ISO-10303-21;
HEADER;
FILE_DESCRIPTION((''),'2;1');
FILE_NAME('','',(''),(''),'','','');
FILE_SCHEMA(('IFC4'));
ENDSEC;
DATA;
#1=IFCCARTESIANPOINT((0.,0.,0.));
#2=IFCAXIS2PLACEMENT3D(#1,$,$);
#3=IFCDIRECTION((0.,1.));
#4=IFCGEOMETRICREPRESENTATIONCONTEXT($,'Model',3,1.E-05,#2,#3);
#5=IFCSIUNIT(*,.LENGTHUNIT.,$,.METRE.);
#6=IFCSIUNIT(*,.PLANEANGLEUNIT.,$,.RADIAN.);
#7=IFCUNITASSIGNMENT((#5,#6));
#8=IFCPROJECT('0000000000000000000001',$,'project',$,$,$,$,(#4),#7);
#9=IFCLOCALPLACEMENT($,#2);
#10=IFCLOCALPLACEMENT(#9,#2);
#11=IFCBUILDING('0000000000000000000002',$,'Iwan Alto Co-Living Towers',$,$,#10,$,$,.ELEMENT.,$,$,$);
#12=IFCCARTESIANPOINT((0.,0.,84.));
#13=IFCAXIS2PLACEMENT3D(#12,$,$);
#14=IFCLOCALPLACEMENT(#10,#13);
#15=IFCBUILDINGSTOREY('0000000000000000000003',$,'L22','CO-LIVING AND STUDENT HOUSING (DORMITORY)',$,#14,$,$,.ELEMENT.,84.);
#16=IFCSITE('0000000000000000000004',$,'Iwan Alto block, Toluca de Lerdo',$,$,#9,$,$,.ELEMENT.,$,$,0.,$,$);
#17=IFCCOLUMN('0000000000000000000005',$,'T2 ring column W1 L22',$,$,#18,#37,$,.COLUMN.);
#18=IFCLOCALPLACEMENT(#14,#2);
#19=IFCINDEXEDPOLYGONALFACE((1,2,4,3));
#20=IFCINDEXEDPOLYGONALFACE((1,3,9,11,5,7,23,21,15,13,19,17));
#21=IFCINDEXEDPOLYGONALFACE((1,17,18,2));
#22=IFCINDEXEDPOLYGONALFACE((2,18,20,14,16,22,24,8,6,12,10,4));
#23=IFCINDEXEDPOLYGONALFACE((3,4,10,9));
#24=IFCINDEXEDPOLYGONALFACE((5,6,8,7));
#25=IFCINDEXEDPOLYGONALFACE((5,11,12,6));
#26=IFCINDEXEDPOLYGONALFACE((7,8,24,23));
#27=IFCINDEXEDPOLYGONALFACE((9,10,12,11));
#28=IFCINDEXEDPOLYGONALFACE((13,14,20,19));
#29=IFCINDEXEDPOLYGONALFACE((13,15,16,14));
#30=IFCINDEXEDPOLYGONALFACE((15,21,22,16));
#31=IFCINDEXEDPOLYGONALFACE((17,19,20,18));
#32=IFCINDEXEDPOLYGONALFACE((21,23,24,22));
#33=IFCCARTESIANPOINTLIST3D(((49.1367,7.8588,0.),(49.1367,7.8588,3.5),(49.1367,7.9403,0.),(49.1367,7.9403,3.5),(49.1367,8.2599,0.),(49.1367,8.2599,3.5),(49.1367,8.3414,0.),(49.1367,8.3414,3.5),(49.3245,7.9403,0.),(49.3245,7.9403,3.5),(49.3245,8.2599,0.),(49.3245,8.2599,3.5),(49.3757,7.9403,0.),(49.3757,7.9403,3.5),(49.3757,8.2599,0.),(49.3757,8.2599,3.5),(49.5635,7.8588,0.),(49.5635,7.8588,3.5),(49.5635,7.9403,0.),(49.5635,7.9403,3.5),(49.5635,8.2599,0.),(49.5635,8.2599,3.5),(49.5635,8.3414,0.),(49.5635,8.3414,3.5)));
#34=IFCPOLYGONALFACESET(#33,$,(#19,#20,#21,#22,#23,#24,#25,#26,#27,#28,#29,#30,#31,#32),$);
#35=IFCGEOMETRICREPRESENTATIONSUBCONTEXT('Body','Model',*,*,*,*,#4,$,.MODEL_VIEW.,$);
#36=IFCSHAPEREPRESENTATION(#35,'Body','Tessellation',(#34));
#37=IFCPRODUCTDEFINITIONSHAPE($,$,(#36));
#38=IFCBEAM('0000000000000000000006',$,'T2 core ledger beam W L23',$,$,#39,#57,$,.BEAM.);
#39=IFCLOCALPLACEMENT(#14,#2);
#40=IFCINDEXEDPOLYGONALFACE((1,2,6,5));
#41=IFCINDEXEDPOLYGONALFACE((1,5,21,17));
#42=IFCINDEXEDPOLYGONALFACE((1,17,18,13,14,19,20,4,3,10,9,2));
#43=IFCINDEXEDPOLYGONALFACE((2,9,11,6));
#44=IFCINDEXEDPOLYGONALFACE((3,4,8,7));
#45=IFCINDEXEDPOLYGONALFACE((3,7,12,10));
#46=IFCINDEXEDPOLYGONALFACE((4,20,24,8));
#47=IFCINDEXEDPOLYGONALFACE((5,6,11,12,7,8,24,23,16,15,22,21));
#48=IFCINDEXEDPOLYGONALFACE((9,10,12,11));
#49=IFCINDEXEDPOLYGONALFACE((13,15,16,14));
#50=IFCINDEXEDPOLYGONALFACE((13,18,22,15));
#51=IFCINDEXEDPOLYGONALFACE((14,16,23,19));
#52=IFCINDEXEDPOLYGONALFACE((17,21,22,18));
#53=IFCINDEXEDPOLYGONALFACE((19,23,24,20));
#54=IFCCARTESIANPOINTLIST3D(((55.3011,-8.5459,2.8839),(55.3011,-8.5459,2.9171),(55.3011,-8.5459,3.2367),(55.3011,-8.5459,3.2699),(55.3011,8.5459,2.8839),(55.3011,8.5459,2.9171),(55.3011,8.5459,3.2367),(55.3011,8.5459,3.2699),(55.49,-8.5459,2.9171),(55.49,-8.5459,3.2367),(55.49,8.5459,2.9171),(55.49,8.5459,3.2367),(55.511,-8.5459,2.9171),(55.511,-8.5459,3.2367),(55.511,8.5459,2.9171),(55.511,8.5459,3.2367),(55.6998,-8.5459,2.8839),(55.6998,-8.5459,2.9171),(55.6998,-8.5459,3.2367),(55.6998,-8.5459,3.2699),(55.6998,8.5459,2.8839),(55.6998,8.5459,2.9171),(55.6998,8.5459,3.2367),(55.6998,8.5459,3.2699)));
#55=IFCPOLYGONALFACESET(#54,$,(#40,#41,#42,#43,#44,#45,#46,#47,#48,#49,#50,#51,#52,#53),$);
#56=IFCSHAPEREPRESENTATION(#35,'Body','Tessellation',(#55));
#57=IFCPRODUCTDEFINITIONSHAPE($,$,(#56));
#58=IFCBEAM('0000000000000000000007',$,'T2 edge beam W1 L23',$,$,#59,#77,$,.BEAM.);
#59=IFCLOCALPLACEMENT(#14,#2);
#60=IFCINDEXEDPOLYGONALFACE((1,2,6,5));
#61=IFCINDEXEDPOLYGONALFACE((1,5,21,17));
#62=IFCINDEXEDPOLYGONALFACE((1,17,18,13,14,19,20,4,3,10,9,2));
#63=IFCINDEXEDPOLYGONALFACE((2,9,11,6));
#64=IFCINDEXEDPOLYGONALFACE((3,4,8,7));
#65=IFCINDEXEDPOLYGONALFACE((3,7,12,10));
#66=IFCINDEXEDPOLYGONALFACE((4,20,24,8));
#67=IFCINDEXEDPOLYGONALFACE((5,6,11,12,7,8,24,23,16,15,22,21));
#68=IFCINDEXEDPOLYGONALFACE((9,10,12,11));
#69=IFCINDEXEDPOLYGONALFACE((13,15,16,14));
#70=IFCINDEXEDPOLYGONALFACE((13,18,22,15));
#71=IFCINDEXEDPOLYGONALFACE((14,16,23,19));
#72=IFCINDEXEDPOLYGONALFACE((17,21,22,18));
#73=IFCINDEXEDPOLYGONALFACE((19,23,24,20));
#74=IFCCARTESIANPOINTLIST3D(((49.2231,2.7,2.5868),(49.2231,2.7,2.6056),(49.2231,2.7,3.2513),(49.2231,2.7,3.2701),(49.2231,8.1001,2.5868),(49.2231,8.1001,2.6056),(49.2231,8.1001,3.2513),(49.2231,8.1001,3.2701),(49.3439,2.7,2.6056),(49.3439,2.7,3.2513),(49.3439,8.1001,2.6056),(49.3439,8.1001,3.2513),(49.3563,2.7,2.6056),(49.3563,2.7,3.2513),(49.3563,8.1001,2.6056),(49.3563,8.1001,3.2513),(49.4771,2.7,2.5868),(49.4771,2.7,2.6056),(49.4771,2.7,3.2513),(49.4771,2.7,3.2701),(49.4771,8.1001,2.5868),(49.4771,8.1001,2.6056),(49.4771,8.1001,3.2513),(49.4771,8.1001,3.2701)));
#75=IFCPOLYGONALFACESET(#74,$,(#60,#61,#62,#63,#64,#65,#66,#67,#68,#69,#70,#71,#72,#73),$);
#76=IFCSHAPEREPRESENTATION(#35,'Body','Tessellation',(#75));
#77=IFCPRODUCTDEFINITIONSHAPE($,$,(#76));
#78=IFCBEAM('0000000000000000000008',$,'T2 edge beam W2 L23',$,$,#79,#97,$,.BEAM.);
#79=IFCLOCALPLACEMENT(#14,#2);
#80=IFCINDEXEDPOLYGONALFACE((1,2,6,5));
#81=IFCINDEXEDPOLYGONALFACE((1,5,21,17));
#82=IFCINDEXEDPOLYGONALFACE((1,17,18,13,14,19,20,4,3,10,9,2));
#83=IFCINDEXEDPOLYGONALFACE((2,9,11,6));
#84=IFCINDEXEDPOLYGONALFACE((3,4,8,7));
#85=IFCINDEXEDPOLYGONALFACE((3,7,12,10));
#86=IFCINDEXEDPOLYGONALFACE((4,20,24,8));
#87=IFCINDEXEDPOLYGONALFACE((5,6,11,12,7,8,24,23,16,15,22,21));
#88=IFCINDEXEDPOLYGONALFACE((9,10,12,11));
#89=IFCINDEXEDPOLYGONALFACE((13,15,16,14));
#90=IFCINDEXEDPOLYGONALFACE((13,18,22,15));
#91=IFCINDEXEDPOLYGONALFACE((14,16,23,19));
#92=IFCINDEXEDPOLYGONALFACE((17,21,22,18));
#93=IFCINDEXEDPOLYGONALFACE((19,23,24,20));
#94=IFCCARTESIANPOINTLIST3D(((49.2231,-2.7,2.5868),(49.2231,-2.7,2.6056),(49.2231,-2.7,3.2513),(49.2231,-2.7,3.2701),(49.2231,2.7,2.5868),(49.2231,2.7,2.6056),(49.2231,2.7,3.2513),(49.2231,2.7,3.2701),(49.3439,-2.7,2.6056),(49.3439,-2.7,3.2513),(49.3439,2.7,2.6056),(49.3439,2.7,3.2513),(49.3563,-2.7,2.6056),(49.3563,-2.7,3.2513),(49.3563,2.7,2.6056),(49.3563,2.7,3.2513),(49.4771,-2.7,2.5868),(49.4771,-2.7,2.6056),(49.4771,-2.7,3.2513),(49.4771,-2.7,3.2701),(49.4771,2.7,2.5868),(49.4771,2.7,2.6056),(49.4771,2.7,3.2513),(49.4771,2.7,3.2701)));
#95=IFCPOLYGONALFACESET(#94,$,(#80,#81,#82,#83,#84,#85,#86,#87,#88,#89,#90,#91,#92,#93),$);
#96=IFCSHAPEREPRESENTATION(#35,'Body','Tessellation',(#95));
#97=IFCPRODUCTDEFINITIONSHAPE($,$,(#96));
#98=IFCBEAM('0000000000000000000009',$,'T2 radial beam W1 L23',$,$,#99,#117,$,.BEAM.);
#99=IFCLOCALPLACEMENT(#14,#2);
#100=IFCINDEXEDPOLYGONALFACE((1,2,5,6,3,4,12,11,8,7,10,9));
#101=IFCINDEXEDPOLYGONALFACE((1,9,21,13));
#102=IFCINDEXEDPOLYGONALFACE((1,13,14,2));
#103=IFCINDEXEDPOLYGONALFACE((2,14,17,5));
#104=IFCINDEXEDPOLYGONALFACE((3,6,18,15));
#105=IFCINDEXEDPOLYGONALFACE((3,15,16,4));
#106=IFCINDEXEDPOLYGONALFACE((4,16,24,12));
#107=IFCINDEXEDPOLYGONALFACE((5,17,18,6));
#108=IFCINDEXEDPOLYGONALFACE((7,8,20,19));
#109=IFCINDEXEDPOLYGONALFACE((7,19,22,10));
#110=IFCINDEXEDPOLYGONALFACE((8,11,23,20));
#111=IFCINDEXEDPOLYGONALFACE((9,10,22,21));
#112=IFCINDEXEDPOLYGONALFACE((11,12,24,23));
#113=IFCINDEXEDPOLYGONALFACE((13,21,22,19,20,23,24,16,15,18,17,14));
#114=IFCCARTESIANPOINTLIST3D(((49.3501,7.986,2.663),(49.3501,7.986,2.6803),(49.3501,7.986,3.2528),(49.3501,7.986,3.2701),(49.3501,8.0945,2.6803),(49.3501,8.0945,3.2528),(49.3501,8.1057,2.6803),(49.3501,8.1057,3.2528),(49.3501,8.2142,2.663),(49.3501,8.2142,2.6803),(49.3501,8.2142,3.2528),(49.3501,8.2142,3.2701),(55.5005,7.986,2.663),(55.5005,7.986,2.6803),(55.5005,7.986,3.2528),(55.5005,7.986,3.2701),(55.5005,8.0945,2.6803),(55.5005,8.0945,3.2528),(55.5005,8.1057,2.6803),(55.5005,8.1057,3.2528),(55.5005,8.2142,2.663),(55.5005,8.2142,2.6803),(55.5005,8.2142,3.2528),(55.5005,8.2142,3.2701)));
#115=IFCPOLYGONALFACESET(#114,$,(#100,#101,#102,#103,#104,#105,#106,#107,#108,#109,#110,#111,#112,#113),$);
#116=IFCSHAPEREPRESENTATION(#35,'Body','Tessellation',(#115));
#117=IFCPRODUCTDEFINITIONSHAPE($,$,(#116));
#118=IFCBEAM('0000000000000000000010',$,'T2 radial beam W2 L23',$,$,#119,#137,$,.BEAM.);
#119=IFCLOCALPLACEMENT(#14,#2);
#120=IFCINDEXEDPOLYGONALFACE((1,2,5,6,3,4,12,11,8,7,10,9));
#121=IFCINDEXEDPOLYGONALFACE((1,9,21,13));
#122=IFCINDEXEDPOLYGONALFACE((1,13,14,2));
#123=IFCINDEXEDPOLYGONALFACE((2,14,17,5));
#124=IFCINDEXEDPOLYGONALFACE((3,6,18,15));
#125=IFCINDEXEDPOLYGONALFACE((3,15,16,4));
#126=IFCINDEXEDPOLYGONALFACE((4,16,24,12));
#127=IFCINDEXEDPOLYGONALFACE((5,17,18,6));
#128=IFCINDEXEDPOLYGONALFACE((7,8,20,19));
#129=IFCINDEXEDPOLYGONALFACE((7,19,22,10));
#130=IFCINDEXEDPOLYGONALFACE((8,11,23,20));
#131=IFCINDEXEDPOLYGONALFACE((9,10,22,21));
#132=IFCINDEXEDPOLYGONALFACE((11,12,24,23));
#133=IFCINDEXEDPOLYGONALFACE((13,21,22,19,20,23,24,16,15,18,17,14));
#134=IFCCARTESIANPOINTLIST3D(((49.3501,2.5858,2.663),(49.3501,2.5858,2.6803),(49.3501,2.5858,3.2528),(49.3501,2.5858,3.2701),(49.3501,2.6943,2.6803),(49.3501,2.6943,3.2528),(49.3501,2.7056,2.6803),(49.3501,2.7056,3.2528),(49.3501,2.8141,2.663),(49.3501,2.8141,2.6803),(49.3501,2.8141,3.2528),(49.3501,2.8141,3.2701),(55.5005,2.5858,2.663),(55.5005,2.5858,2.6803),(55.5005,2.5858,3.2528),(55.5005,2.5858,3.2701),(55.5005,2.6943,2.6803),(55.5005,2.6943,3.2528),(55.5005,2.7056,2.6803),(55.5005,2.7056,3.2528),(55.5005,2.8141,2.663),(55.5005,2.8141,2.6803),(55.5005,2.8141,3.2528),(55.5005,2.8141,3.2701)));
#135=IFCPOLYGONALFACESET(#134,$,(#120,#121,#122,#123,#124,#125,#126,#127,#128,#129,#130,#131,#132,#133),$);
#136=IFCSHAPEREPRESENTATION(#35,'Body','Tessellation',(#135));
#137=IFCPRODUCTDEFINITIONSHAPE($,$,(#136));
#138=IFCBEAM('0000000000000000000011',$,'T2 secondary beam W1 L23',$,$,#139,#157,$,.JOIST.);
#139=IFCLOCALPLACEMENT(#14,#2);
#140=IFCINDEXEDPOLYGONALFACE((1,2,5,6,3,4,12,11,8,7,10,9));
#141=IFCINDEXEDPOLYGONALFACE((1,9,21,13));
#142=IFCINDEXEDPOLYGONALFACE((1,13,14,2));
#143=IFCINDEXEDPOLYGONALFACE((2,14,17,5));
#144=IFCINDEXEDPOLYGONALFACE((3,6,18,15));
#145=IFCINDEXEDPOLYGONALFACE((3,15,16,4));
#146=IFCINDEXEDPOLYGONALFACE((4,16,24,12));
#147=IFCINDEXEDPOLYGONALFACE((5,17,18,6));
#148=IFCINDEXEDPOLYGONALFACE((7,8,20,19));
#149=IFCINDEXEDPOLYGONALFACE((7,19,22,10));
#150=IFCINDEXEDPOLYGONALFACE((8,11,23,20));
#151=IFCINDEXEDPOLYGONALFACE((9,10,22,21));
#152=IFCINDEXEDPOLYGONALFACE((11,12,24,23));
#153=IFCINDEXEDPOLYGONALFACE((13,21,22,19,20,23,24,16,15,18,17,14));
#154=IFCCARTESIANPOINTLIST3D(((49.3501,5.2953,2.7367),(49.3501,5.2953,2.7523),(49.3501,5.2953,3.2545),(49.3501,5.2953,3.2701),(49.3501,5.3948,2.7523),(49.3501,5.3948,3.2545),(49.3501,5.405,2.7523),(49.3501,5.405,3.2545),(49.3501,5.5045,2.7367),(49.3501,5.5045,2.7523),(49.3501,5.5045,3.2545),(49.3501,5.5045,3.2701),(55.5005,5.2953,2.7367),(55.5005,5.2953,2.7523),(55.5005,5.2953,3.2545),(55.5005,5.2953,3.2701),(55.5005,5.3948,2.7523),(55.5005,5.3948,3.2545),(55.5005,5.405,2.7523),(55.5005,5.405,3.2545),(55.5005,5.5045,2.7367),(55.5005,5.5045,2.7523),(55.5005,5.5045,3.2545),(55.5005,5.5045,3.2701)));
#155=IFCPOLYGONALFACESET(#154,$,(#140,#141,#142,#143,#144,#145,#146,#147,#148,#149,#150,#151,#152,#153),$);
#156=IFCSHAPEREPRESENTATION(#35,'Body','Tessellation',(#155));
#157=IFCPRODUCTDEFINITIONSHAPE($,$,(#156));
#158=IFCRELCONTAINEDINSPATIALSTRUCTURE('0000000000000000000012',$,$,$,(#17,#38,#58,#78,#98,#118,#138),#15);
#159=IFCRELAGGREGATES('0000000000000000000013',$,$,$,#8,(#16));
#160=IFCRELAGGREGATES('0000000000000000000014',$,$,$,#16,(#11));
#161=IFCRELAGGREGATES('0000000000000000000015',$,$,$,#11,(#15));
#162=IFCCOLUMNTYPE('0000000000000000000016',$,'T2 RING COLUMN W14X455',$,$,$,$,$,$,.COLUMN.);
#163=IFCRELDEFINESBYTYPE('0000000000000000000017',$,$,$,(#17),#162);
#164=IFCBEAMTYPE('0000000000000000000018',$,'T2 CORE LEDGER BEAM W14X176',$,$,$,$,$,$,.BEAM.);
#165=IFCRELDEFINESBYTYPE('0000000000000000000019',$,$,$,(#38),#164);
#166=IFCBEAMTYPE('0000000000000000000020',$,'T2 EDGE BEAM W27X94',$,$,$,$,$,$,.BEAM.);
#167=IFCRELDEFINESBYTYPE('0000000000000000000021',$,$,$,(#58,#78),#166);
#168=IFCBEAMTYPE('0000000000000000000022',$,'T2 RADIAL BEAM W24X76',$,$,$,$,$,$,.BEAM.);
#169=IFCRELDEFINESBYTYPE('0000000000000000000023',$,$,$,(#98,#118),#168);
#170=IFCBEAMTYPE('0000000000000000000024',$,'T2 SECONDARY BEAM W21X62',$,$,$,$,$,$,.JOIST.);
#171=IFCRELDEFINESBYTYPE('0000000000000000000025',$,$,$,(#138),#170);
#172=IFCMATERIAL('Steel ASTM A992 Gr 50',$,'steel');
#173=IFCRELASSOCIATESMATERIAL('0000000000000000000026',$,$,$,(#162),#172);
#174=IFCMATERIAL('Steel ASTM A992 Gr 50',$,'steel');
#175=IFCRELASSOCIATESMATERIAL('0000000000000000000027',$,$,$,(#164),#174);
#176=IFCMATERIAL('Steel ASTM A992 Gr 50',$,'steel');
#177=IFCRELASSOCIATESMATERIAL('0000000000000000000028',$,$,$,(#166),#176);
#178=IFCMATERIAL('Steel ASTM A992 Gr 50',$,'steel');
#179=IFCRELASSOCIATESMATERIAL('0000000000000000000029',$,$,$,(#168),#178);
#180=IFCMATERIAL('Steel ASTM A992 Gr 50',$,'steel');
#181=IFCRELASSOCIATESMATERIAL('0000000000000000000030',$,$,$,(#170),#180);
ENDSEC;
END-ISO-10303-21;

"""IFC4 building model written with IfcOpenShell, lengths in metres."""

from ifc_helpers import new_model, si_unit, direction, frame, origin, origin_2d, place, context, subcontext, project, spatial, i_section, extrude, material, material_profile, profile_set, type_object, element, save


model = new_model("IFC4")

# Units and contexts
model_context = context("Model", 3, precision=1e-05, world=origin(), true_north=direction((0.0, 1.0)))
body_context = subcontext(model_context, "Body", "Model", "MODEL_VIEW")
ifc_project = project(units=[si_unit("LENGTHUNIT", "METRE"), si_unit("PLANEANGLEUNIT", "RADIAN")], contexts=[model_context])

# Site, building, storey
site_placement = place(None, origin())
site = spatial("IfcSite", under=ifc_project, at=site_placement, Name="Iwan Alto block, Toluca de Lerdo", CompositionType="ELEMENT", RefElevation=0.0)
building_placement = place(site_placement, origin())
building = spatial("IfcBuilding", under=site, at=building_placement, Name="Iwan Alto Co-Living Towers", CompositionType="ELEMENT")
storey_placement = place(building_placement, frame((0.0, 0.0, 84.0)))
storey = spatial("IfcBuildingStorey", under=building, at=storey_placement, Name="L22", Description="CO-LIVING AND STUDENT HOUSING (DORMITORY)", CompositionType="ELEMENT", Elevation=84.0)

# Column
ifc_material_1 = material(Name="Steel ASTM A992 Gr 50", Category="steel")
ifc_material_profile_1 = material_profile(ifc_material_1, i_section(OverallWidth=0.4268, OverallDepth=0.4827, WebThickness=0.0513, FlangeThickness=0.0815, at=origin_2d()), Name="W14X455")
ifc_profile_set_1 = profile_set([ifc_material_profile_1], Name="Steel ASTM A992 Gr 50")
column_type = type_object("IfcColumnType", Name="T2 RING COLUMN W14X455", PredefinedType="COLUMN", material=ifc_profile_set_1)
column_placement = place(storey_placement, frame((49.3501, 8.1001, 0.0), z_axis=(0.0, 0.0, 1.0), x_axis=(1.0, 0.0, 0.0)))
element("IfcColumn", 1, at=column_placement, inside=storey, type_object=column_type, Name="T2 ring column W1 L22", PredefinedType="COLUMN", context=body_context, shape_type="SweptSolid", body=[
    extrude(i_section(OverallWidth=0.4268, OverallDepth=0.4827, WebThickness=0.0513, FlangeThickness=0.0815, at=origin_2d()), origin(), (0.0, 0.0, 1.0), 3.5),
])

# Beams
ifc_material_2 = material(Name="Steel ASTM A992 Gr 50", Category="steel")
ifc_material_profile_2 = material_profile(ifc_material_2, i_section(OverallWidth=0.3987, OverallDepth=0.386, WebThickness=0.021, FlangeThickness=0.0332, at=origin_2d()), Name="W14X176")
ifc_profile_set_2 = profile_set([ifc_material_profile_2], Name="Steel ASTM A992 Gr 50")
beam_type_1 = type_object("IfcBeamType", Name="T2 CORE LEDGER BEAM W14X176", PredefinedType="BEAM", material=ifc_profile_set_2)
beam_1_placement = place(storey_placement, frame((55.5005, 8.5459, 3.0769), z_axis=(0.0, -1.0, 0.0), x_axis=(1.0, 0.0, 0.0)))
element("IfcBeam", 2, at=beam_1_placement, inside=storey, type_object=beam_type_1, Name="T2 core ledger beam W L23", PredefinedType="BEAM", context=body_context, shape_type="SweptSolid", body=[
    extrude(i_section(OverallWidth=0.3987, OverallDepth=0.386, WebThickness=0.021, FlangeThickness=0.0332, at=origin_2d()), origin(), (0.0, 0.0, 1.0), 17.0918),
])
ifc_material_3 = material(Name="Steel ASTM A992 Gr 50", Category="steel")
ifc_material_profile_3 = material_profile(ifc_material_3, i_section(OverallWidth=0.2539, OverallDepth=0.6833, WebThickness=0.0125, FlangeThickness=0.0188, at=origin_2d()), Name="W27X94")
ifc_profile_set_3 = profile_set([ifc_material_profile_3], Name="Steel ASTM A992 Gr 50")
beam_type_2 = type_object("IfcBeamType", Name="T2 EDGE BEAM W27X94", PredefinedType="BEAM", material=ifc_profile_set_3)
beam_2_placement = place(storey_placement, frame((49.3501, 8.1001, 2.9285), z_axis=(0.0, -1.0, 0.0), x_axis=(1.0, 0.0, 0.0)))
element("IfcBeam", 3, at=beam_2_placement, inside=storey, type_object=beam_type_2, Name="T2 edge beam W1 L23", PredefinedType="BEAM", context=body_context, shape_type="SweptSolid", body=[
    extrude(i_section(OverallWidth=0.2539, OverallDepth=0.6833, WebThickness=0.0125, FlangeThickness=0.0188, at=origin_2d()), origin(), (0.0, 0.0, 1.0), 5.4001),
])
beam_3_placement = place(storey_placement, frame((49.3501, 2.7, 2.9285), z_axis=(0.0, -1.0, 0.0), x_axis=(1.0, 0.0, 0.0)))
element("IfcBeam", 4, at=beam_3_placement, inside=storey, type_object=beam_type_2, Name="T2 edge beam W2 L23", PredefinedType="BEAM", context=body_context, shape_type="SweptSolid", body=[
    extrude(i_section(OverallWidth=0.2539, OverallDepth=0.6833, WebThickness=0.0125, FlangeThickness=0.0188, at=origin_2d()), origin(), (0.0, 0.0, 1.0), 5.3999),
])
ifc_material_4 = material(Name="Steel ASTM A992 Gr 50", Category="steel")
ifc_material_profile_4 = material_profile(ifc_material_4, i_section(OverallWidth=0.2283, OverallDepth=0.6072, WebThickness=0.0112, FlangeThickness=0.0173, at=origin_2d()), Name="W24X76")
ifc_profile_set_4 = profile_set([ifc_material_profile_4], Name="Steel ASTM A992 Gr 50")
beam_type_3 = type_object("IfcBeamType", Name="T2 RADIAL BEAM W24X76", PredefinedType="BEAM", material=ifc_profile_set_4)
for number, where, z_axis, x_axis, name in (
    (5, (49.3501, 8.1001, 2.9666), (1.0, 0.0, 0.0), (0.0, 1.0, 0.0), "T2 radial beam W1 L23"),
    (6, (49.3501, 2.7, 2.9666), (1.0, 0.0, 0.0), (0.0, 1.0, 0.0), "T2 radial beam W2 L23"),
):
    element("IfcBeam", number, at=place(storey_placement, frame(where, z_axis=z_axis, x_axis=x_axis)), inside=storey, type_object=beam_type_3, Name=name, PredefinedType="BEAM", context=body_context, shape_type="SweptSolid", body=[
        extrude(i_section(OverallWidth=0.2283, OverallDepth=0.6072, WebThickness=0.0112, FlangeThickness=0.0173, at=origin_2d()), origin(), (0.0, 0.0, 1.0), 6.1504),
    ])
ifc_material_5 = material(Name="Steel ASTM A992 Gr 50", Category="steel")
ifc_material_profile_5 = material_profile(ifc_material_5, i_section(OverallWidth=0.2092, OverallDepth=0.5334, WebThickness=0.0103, FlangeThickness=0.0156, at=origin_2d()), Name="W21X62")
ifc_profile_set_5 = profile_set([ifc_material_profile_5], Name="Steel ASTM A992 Gr 50")
beam_type_4 = type_object("IfcBeamType", Name="T2 SECONDARY BEAM W21X62", PredefinedType="JOIST", material=ifc_profile_set_5)
beam_4_placement = place(storey_placement, frame((49.3501, 5.3999, 3.0034), z_axis=(1.0, 0.0, 0.0), x_axis=(0.0, 1.0, 0.0)))
element("IfcBeam", 7, at=beam_4_placement, inside=storey, type_object=beam_type_4, Name="T2 secondary beam W1 L23", PredefinedType="JOIST", context=body_context, shape_type="SweptSolid", body=[
    extrude(i_section(OverallWidth=0.2092, OverallDepth=0.5334, WebThickness=0.0103, FlangeThickness=0.0156, at=origin_2d()), origin(), (0.0, 0.0, 1.0), 6.1504),
])

save(model, "model.ifc")
